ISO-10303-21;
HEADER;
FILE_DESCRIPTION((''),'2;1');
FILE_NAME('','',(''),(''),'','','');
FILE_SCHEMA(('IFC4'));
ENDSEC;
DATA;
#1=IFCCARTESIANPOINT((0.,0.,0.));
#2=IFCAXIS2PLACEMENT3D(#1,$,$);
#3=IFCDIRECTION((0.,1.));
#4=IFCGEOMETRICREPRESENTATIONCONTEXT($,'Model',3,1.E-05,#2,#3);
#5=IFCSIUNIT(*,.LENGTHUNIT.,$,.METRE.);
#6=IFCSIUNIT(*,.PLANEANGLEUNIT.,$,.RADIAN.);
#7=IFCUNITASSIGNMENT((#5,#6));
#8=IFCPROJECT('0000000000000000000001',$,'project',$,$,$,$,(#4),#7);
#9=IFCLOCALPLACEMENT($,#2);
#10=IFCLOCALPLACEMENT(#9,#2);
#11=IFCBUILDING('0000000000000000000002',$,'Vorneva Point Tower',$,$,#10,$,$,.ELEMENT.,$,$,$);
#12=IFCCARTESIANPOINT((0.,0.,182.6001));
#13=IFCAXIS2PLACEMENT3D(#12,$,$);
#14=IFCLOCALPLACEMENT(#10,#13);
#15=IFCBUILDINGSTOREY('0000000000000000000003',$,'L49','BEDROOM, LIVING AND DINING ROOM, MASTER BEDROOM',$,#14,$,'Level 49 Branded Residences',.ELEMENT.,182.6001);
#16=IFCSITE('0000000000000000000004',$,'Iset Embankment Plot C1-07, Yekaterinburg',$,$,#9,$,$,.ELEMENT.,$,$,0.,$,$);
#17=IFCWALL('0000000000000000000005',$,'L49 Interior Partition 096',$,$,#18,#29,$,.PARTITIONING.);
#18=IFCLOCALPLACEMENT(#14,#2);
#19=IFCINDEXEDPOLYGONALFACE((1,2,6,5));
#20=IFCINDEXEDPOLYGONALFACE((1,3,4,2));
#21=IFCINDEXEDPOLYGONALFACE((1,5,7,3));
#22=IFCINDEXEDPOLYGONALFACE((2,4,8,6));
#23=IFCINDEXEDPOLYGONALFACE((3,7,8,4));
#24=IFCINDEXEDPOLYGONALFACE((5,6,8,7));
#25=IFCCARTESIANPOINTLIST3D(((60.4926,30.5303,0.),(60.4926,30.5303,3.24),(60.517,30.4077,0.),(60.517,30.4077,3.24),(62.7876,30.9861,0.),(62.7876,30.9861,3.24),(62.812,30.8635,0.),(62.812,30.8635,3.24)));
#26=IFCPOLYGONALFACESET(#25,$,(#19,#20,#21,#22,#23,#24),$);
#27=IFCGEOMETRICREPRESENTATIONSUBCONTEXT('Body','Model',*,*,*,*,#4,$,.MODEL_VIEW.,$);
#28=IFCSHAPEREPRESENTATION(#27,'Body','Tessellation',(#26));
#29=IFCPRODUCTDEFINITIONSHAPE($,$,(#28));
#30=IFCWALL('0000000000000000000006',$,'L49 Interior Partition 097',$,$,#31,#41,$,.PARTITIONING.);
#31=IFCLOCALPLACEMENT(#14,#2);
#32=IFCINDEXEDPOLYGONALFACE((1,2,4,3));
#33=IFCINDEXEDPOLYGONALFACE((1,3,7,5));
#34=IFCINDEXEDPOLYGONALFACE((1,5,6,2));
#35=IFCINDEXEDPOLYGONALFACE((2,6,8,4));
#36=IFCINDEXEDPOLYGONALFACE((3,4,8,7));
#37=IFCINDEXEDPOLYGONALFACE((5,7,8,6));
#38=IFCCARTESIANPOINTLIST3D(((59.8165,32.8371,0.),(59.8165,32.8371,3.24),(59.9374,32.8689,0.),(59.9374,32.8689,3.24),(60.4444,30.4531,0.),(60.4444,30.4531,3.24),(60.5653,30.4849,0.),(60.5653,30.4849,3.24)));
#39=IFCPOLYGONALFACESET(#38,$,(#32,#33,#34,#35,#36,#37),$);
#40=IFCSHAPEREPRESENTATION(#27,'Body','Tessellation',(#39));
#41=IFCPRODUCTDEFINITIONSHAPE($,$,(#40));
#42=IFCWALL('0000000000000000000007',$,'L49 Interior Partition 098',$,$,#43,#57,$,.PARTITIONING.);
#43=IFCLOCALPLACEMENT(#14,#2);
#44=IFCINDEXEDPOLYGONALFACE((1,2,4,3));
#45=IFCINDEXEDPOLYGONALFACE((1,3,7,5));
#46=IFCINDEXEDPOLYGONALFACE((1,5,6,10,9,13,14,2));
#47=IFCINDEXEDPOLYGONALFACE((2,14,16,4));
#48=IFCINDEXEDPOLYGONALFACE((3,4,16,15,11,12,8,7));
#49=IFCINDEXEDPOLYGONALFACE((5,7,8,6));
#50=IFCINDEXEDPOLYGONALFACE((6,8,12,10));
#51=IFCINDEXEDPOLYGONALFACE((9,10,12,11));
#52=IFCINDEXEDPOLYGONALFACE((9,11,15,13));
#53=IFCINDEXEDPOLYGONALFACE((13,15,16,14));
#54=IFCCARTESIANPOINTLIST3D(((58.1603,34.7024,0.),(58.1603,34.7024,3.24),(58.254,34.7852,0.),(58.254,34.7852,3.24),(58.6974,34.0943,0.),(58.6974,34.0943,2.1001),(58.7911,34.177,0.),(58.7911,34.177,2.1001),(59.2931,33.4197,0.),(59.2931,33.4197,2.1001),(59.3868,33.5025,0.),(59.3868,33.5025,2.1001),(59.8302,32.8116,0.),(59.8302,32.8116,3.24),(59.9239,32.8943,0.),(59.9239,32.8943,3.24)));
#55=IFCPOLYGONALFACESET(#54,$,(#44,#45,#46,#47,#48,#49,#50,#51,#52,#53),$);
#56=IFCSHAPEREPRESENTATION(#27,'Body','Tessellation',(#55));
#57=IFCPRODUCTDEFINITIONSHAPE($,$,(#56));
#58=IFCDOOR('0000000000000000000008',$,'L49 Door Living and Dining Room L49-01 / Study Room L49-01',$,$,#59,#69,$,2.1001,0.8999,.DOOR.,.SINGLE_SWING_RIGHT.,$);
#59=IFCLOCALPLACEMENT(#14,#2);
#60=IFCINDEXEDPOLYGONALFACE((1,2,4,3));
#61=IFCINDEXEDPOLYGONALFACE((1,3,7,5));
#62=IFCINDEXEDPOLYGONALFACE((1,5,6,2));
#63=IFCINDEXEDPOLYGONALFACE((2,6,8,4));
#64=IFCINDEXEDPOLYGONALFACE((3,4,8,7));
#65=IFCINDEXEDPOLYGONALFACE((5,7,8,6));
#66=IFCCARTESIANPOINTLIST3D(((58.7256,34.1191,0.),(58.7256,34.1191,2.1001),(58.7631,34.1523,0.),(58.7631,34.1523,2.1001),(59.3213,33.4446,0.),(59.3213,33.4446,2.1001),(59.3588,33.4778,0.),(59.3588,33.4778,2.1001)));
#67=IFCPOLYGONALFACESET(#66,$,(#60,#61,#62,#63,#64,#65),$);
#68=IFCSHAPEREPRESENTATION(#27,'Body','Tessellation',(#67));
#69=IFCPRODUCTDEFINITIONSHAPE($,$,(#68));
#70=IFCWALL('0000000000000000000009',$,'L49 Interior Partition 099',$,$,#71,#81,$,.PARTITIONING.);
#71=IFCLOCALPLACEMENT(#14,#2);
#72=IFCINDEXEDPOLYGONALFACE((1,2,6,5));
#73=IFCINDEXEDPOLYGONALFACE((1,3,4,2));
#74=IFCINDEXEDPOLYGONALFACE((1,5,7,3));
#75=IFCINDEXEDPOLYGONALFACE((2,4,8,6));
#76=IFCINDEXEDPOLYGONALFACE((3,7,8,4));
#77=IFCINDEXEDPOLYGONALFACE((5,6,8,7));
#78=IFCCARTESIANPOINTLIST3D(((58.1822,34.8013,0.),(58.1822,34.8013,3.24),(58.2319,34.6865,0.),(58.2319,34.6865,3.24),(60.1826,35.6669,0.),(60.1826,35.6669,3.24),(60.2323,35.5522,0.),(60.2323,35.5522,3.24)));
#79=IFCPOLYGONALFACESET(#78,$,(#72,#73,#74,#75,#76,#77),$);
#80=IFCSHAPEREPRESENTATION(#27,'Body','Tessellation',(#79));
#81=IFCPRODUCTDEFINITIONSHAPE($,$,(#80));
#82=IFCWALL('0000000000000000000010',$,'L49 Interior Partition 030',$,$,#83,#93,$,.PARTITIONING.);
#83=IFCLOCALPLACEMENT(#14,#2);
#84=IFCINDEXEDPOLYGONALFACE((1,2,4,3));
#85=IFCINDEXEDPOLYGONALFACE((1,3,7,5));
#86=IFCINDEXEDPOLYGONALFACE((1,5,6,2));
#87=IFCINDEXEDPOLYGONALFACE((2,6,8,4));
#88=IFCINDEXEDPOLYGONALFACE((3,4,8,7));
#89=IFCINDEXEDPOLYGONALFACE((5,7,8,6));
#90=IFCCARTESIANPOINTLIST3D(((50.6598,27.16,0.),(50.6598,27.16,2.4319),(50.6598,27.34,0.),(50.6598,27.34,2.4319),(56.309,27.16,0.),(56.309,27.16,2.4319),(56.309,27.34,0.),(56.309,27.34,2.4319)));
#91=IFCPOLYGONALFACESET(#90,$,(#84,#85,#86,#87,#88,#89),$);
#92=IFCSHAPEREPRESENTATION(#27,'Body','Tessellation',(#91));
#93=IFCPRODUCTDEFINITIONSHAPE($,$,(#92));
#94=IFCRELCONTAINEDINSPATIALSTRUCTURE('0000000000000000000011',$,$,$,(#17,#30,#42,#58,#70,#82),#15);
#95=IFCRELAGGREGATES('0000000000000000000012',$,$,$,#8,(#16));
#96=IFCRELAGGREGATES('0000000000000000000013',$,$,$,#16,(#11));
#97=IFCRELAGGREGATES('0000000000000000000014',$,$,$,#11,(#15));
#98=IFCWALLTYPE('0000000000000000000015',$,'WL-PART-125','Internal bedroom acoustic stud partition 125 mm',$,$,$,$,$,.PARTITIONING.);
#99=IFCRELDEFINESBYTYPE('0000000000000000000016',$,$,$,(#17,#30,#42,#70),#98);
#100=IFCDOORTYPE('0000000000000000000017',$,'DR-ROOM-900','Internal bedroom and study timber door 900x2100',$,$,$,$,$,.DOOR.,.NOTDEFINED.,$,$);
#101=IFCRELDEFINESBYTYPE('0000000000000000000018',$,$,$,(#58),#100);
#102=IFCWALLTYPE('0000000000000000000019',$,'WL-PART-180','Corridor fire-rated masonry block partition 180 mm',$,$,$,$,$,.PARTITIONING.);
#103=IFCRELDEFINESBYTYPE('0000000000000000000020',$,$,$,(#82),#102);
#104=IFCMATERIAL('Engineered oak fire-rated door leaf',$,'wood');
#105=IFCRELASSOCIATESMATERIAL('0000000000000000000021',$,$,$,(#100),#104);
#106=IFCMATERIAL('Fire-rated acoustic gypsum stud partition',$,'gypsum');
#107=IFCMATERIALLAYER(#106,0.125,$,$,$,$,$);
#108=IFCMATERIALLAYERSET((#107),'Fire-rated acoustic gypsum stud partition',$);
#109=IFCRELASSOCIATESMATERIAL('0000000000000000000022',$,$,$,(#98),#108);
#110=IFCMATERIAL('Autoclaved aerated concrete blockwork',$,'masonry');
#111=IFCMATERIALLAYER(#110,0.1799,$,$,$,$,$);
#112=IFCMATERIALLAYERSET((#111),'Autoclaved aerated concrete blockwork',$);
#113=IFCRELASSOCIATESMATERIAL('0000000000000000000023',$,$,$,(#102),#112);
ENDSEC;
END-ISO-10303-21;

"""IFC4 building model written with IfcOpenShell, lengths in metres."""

from ifc_helpers import new_model, si_unit, direction, frame, frame_2d, origin, place, context, subcontext, project, spatial, rectangle, extrude, material, layer, layer_set, type_object, element, fill, save


model = new_model("IFC4")

# Units and contexts
model_context = context("Model", 3, precision=1e-05, world=origin(), true_north=direction((0.0, 1.0)))
body_context = subcontext(model_context, "Body", "Model", "MODEL_VIEW")
ifc_project = project(units=[si_unit("LENGTHUNIT", "METRE"), si_unit("PLANEANGLEUNIT", "RADIAN")], contexts=[model_context])

# Site, building, storey
site_placement = place(None, origin())
site = spatial("IfcSite", under=ifc_project, at=site_placement, Name="Iset Embankment Plot C1-07, Yekaterinburg", CompositionType="ELEMENT", RefElevation=0.0)
building_placement = place(site_placement, origin())
building = spatial("IfcBuilding", under=site, at=building_placement, Name="Vorneva Point Tower", CompositionType="ELEMENT")
storey_placement = place(building_placement, frame((0.0, 0.0, 182.6001)))
storey = spatial("IfcBuildingStorey", under=building, at=storey_placement, Name="L49", Description="BEDROOM, LIVING AND DINING ROOM, MASTER BEDROOM", LongName="Level 49 Branded Residences", CompositionType="ELEMENT", Elevation=182.6001)

# Shared definitions
ifc_material_1 = material(Name="Fire-rated acoustic gypsum stud partition", Category="gypsum")
ifc_material_2 = material(Name="Engineered oak fire-rated door leaf", Category="wood")
door_type_1 = type_object("IfcDoorType", Name="DR-ROOM-900", Description="Internal bedroom and study timber door 900x2100", OperationType="NOTDEFINED", PredefinedType="DOOR", material=ifc_material_2)

# Walls
ifc_layer_1 = layer(ifc_material_1, 0.125)
ifc_layer_set_1 = layer_set([ifc_layer_1], Name="Fire-rated acoustic gypsum stud partition")
wall_type_1 = type_object("IfcWallType", Name="WL-PART-125", Description="Internal bedroom acoustic stud partition 125 mm", PredefinedType="PARTITIONING", material=ifc_layer_set_1)
wall_1_placement = place(storey_placement, frame((62.7998, 30.9248, 0.0), z_axis=(0.0, 0.0, 1.0), x_axis=(-0.980841, -0.194812, 0.0)))
element("IfcWall", 1, at=wall_1_placement, inside=storey, type_object=wall_type_1, Name="L49 Interior Partition 096", PredefinedType="PARTITIONING", context=body_context, shape_type="SweptSolid", body=[
    extrude(rectangle(XDim=2.3398, YDim=0.125, at=frame_2d((1.1699, 0.0))), origin(), (0.0, 0.0, 1.0), 3.24),
])
wall_2_placement = place(storey_placement, frame((60.5049, 30.469, 0.0), z_axis=(0.0, 0.0, 1.0), x_axis=(-0.254703, 0.967019, 0.0)))
element("IfcWall", 2, at=wall_2_placement, inside=storey, type_object=wall_type_1, Name="L49 Interior Partition 097", PredefinedType="PARTITIONING", context=body_context, shape_type="SweptSolid", body=[
    extrude(rectangle(XDim=2.4653, YDim=0.125, at=frame_2d((1.2327, 0.0))), origin(), (0.0, 0.0, 1.0), 3.24),
])

# Wall, opening, door
wall_3_placement = place(storey_placement, frame((59.877, 32.853, 0.0), z_axis=(0.0, 0.0, 1.0), x_axis=(-0.661958, 0.749541, 0.0)))
wall_3 = element("IfcWall", 3, at=wall_3_placement, inside=storey, type_object=wall_type_1, Name="L49 Interior Partition 098", PredefinedType="PARTITIONING", context=body_context, shape_type="SweptSolid", body=[
    extrude(rectangle(XDim=2.5227, YDim=0.125, at=frame_2d((1.2612, 0.0))), origin(), (0.0, 0.0, 1.0), 3.24),
])
opening_1_placement = place(wall_3_placement, frame((0.8113, 0.0, 0.0)))
opening_1 = element("IfcOpeningElement", 4, at=opening_1_placement, cuts=wall_3, PredefinedType="OPENING", context=body_context, shape_type="SweptSolid", body=[
    extrude(rectangle(XDim=0.8999, YDim=2.1001, at=frame_2d((0.45, 1.05))), frame((0.0, 0.0774, 0.0), z_axis=(0.0, -1.0, 0.0), x_axis=(1.0, 0.0, 0.0)), (0.0, 0.0, 1.0), 0.1548),
])
door_1_placement = place(opening_1_placement, origin())
door_1 = element("IfcDoor", 5, at=door_1_placement, inside=storey, type_object=door_type_1, Name="L49 Door Living and Dining Room L49-01 / Study Room L49-01", OperationType="SINGLE_SWING_RIGHT", OverallHeight=2.1001, OverallWidth=0.8999, PredefinedType="DOOR", context=body_context, shape_type="SweptSolid", body=[
    extrude(rectangle(XDim=0.8999, YDim=2.1001, at=frame_2d((0.45, 1.05))), frame((0.0, 0.0249, 0.0), z_axis=(0.0, -1.0, 0.0), x_axis=(1.0, 0.0, 0.0)), (0.0, 0.0, 1.0), 0.05),
])
fill(opening_1, door_1)

# Wall
wall_4_placement = place(storey_placement, frame((58.207, 34.7439, 0.0), z_axis=(0.0, 0.0, 1.0), x_axis=(0.917749, 0.397161, 0.0)))
element("IfcWall", 6, at=wall_4_placement, inside=storey, type_object=wall_type_1, Name="L49 Interior Partition 099", PredefinedType="PARTITIONING", context=body_context, shape_type="SweptSolid", body=[
    extrude(rectangle(XDim=2.1797, YDim=0.125, at=frame_2d((1.0898, 0.0))), origin(), (0.0, 0.0, 1.0), 3.24),
])

# Shared definitions
ifc_material_3 = material(Name="Autoclaved aerated concrete blockwork", Category="masonry")
ifc_layer_2 = layer(ifc_material_3, 0.1799)
ifc_layer_set_2 = layer_set([ifc_layer_2], Name="Autoclaved aerated concrete blockwork")
wall_type_2 = type_object("IfcWallType", Name="WL-PART-180", Description="Corridor fire-rated masonry block partition 180 mm", PredefinedType="PARTITIONING", material=ifc_layer_set_2)

# Wall
wall_5_placement = place(storey_placement, frame((56.3091, 27.25, 0.0), z_axis=(0.0, 0.0, 1.0), x_axis=(-1.0, 0.0, 0.0)))
element("IfcWall", 7, at=wall_5_placement, inside=storey, type_object=wall_type_2, Name="L49 Interior Partition 030", PredefinedType="PARTITIONING", context=body_context, shape_type="SweptSolid", body=[
    extrude(rectangle(XDim=5.6492, YDim=0.1799, at=frame_2d((2.8247, 0.0))), origin(), (0.0, 0.0, 1.0), 2.4319),
])

save(model, "model.ifc")
